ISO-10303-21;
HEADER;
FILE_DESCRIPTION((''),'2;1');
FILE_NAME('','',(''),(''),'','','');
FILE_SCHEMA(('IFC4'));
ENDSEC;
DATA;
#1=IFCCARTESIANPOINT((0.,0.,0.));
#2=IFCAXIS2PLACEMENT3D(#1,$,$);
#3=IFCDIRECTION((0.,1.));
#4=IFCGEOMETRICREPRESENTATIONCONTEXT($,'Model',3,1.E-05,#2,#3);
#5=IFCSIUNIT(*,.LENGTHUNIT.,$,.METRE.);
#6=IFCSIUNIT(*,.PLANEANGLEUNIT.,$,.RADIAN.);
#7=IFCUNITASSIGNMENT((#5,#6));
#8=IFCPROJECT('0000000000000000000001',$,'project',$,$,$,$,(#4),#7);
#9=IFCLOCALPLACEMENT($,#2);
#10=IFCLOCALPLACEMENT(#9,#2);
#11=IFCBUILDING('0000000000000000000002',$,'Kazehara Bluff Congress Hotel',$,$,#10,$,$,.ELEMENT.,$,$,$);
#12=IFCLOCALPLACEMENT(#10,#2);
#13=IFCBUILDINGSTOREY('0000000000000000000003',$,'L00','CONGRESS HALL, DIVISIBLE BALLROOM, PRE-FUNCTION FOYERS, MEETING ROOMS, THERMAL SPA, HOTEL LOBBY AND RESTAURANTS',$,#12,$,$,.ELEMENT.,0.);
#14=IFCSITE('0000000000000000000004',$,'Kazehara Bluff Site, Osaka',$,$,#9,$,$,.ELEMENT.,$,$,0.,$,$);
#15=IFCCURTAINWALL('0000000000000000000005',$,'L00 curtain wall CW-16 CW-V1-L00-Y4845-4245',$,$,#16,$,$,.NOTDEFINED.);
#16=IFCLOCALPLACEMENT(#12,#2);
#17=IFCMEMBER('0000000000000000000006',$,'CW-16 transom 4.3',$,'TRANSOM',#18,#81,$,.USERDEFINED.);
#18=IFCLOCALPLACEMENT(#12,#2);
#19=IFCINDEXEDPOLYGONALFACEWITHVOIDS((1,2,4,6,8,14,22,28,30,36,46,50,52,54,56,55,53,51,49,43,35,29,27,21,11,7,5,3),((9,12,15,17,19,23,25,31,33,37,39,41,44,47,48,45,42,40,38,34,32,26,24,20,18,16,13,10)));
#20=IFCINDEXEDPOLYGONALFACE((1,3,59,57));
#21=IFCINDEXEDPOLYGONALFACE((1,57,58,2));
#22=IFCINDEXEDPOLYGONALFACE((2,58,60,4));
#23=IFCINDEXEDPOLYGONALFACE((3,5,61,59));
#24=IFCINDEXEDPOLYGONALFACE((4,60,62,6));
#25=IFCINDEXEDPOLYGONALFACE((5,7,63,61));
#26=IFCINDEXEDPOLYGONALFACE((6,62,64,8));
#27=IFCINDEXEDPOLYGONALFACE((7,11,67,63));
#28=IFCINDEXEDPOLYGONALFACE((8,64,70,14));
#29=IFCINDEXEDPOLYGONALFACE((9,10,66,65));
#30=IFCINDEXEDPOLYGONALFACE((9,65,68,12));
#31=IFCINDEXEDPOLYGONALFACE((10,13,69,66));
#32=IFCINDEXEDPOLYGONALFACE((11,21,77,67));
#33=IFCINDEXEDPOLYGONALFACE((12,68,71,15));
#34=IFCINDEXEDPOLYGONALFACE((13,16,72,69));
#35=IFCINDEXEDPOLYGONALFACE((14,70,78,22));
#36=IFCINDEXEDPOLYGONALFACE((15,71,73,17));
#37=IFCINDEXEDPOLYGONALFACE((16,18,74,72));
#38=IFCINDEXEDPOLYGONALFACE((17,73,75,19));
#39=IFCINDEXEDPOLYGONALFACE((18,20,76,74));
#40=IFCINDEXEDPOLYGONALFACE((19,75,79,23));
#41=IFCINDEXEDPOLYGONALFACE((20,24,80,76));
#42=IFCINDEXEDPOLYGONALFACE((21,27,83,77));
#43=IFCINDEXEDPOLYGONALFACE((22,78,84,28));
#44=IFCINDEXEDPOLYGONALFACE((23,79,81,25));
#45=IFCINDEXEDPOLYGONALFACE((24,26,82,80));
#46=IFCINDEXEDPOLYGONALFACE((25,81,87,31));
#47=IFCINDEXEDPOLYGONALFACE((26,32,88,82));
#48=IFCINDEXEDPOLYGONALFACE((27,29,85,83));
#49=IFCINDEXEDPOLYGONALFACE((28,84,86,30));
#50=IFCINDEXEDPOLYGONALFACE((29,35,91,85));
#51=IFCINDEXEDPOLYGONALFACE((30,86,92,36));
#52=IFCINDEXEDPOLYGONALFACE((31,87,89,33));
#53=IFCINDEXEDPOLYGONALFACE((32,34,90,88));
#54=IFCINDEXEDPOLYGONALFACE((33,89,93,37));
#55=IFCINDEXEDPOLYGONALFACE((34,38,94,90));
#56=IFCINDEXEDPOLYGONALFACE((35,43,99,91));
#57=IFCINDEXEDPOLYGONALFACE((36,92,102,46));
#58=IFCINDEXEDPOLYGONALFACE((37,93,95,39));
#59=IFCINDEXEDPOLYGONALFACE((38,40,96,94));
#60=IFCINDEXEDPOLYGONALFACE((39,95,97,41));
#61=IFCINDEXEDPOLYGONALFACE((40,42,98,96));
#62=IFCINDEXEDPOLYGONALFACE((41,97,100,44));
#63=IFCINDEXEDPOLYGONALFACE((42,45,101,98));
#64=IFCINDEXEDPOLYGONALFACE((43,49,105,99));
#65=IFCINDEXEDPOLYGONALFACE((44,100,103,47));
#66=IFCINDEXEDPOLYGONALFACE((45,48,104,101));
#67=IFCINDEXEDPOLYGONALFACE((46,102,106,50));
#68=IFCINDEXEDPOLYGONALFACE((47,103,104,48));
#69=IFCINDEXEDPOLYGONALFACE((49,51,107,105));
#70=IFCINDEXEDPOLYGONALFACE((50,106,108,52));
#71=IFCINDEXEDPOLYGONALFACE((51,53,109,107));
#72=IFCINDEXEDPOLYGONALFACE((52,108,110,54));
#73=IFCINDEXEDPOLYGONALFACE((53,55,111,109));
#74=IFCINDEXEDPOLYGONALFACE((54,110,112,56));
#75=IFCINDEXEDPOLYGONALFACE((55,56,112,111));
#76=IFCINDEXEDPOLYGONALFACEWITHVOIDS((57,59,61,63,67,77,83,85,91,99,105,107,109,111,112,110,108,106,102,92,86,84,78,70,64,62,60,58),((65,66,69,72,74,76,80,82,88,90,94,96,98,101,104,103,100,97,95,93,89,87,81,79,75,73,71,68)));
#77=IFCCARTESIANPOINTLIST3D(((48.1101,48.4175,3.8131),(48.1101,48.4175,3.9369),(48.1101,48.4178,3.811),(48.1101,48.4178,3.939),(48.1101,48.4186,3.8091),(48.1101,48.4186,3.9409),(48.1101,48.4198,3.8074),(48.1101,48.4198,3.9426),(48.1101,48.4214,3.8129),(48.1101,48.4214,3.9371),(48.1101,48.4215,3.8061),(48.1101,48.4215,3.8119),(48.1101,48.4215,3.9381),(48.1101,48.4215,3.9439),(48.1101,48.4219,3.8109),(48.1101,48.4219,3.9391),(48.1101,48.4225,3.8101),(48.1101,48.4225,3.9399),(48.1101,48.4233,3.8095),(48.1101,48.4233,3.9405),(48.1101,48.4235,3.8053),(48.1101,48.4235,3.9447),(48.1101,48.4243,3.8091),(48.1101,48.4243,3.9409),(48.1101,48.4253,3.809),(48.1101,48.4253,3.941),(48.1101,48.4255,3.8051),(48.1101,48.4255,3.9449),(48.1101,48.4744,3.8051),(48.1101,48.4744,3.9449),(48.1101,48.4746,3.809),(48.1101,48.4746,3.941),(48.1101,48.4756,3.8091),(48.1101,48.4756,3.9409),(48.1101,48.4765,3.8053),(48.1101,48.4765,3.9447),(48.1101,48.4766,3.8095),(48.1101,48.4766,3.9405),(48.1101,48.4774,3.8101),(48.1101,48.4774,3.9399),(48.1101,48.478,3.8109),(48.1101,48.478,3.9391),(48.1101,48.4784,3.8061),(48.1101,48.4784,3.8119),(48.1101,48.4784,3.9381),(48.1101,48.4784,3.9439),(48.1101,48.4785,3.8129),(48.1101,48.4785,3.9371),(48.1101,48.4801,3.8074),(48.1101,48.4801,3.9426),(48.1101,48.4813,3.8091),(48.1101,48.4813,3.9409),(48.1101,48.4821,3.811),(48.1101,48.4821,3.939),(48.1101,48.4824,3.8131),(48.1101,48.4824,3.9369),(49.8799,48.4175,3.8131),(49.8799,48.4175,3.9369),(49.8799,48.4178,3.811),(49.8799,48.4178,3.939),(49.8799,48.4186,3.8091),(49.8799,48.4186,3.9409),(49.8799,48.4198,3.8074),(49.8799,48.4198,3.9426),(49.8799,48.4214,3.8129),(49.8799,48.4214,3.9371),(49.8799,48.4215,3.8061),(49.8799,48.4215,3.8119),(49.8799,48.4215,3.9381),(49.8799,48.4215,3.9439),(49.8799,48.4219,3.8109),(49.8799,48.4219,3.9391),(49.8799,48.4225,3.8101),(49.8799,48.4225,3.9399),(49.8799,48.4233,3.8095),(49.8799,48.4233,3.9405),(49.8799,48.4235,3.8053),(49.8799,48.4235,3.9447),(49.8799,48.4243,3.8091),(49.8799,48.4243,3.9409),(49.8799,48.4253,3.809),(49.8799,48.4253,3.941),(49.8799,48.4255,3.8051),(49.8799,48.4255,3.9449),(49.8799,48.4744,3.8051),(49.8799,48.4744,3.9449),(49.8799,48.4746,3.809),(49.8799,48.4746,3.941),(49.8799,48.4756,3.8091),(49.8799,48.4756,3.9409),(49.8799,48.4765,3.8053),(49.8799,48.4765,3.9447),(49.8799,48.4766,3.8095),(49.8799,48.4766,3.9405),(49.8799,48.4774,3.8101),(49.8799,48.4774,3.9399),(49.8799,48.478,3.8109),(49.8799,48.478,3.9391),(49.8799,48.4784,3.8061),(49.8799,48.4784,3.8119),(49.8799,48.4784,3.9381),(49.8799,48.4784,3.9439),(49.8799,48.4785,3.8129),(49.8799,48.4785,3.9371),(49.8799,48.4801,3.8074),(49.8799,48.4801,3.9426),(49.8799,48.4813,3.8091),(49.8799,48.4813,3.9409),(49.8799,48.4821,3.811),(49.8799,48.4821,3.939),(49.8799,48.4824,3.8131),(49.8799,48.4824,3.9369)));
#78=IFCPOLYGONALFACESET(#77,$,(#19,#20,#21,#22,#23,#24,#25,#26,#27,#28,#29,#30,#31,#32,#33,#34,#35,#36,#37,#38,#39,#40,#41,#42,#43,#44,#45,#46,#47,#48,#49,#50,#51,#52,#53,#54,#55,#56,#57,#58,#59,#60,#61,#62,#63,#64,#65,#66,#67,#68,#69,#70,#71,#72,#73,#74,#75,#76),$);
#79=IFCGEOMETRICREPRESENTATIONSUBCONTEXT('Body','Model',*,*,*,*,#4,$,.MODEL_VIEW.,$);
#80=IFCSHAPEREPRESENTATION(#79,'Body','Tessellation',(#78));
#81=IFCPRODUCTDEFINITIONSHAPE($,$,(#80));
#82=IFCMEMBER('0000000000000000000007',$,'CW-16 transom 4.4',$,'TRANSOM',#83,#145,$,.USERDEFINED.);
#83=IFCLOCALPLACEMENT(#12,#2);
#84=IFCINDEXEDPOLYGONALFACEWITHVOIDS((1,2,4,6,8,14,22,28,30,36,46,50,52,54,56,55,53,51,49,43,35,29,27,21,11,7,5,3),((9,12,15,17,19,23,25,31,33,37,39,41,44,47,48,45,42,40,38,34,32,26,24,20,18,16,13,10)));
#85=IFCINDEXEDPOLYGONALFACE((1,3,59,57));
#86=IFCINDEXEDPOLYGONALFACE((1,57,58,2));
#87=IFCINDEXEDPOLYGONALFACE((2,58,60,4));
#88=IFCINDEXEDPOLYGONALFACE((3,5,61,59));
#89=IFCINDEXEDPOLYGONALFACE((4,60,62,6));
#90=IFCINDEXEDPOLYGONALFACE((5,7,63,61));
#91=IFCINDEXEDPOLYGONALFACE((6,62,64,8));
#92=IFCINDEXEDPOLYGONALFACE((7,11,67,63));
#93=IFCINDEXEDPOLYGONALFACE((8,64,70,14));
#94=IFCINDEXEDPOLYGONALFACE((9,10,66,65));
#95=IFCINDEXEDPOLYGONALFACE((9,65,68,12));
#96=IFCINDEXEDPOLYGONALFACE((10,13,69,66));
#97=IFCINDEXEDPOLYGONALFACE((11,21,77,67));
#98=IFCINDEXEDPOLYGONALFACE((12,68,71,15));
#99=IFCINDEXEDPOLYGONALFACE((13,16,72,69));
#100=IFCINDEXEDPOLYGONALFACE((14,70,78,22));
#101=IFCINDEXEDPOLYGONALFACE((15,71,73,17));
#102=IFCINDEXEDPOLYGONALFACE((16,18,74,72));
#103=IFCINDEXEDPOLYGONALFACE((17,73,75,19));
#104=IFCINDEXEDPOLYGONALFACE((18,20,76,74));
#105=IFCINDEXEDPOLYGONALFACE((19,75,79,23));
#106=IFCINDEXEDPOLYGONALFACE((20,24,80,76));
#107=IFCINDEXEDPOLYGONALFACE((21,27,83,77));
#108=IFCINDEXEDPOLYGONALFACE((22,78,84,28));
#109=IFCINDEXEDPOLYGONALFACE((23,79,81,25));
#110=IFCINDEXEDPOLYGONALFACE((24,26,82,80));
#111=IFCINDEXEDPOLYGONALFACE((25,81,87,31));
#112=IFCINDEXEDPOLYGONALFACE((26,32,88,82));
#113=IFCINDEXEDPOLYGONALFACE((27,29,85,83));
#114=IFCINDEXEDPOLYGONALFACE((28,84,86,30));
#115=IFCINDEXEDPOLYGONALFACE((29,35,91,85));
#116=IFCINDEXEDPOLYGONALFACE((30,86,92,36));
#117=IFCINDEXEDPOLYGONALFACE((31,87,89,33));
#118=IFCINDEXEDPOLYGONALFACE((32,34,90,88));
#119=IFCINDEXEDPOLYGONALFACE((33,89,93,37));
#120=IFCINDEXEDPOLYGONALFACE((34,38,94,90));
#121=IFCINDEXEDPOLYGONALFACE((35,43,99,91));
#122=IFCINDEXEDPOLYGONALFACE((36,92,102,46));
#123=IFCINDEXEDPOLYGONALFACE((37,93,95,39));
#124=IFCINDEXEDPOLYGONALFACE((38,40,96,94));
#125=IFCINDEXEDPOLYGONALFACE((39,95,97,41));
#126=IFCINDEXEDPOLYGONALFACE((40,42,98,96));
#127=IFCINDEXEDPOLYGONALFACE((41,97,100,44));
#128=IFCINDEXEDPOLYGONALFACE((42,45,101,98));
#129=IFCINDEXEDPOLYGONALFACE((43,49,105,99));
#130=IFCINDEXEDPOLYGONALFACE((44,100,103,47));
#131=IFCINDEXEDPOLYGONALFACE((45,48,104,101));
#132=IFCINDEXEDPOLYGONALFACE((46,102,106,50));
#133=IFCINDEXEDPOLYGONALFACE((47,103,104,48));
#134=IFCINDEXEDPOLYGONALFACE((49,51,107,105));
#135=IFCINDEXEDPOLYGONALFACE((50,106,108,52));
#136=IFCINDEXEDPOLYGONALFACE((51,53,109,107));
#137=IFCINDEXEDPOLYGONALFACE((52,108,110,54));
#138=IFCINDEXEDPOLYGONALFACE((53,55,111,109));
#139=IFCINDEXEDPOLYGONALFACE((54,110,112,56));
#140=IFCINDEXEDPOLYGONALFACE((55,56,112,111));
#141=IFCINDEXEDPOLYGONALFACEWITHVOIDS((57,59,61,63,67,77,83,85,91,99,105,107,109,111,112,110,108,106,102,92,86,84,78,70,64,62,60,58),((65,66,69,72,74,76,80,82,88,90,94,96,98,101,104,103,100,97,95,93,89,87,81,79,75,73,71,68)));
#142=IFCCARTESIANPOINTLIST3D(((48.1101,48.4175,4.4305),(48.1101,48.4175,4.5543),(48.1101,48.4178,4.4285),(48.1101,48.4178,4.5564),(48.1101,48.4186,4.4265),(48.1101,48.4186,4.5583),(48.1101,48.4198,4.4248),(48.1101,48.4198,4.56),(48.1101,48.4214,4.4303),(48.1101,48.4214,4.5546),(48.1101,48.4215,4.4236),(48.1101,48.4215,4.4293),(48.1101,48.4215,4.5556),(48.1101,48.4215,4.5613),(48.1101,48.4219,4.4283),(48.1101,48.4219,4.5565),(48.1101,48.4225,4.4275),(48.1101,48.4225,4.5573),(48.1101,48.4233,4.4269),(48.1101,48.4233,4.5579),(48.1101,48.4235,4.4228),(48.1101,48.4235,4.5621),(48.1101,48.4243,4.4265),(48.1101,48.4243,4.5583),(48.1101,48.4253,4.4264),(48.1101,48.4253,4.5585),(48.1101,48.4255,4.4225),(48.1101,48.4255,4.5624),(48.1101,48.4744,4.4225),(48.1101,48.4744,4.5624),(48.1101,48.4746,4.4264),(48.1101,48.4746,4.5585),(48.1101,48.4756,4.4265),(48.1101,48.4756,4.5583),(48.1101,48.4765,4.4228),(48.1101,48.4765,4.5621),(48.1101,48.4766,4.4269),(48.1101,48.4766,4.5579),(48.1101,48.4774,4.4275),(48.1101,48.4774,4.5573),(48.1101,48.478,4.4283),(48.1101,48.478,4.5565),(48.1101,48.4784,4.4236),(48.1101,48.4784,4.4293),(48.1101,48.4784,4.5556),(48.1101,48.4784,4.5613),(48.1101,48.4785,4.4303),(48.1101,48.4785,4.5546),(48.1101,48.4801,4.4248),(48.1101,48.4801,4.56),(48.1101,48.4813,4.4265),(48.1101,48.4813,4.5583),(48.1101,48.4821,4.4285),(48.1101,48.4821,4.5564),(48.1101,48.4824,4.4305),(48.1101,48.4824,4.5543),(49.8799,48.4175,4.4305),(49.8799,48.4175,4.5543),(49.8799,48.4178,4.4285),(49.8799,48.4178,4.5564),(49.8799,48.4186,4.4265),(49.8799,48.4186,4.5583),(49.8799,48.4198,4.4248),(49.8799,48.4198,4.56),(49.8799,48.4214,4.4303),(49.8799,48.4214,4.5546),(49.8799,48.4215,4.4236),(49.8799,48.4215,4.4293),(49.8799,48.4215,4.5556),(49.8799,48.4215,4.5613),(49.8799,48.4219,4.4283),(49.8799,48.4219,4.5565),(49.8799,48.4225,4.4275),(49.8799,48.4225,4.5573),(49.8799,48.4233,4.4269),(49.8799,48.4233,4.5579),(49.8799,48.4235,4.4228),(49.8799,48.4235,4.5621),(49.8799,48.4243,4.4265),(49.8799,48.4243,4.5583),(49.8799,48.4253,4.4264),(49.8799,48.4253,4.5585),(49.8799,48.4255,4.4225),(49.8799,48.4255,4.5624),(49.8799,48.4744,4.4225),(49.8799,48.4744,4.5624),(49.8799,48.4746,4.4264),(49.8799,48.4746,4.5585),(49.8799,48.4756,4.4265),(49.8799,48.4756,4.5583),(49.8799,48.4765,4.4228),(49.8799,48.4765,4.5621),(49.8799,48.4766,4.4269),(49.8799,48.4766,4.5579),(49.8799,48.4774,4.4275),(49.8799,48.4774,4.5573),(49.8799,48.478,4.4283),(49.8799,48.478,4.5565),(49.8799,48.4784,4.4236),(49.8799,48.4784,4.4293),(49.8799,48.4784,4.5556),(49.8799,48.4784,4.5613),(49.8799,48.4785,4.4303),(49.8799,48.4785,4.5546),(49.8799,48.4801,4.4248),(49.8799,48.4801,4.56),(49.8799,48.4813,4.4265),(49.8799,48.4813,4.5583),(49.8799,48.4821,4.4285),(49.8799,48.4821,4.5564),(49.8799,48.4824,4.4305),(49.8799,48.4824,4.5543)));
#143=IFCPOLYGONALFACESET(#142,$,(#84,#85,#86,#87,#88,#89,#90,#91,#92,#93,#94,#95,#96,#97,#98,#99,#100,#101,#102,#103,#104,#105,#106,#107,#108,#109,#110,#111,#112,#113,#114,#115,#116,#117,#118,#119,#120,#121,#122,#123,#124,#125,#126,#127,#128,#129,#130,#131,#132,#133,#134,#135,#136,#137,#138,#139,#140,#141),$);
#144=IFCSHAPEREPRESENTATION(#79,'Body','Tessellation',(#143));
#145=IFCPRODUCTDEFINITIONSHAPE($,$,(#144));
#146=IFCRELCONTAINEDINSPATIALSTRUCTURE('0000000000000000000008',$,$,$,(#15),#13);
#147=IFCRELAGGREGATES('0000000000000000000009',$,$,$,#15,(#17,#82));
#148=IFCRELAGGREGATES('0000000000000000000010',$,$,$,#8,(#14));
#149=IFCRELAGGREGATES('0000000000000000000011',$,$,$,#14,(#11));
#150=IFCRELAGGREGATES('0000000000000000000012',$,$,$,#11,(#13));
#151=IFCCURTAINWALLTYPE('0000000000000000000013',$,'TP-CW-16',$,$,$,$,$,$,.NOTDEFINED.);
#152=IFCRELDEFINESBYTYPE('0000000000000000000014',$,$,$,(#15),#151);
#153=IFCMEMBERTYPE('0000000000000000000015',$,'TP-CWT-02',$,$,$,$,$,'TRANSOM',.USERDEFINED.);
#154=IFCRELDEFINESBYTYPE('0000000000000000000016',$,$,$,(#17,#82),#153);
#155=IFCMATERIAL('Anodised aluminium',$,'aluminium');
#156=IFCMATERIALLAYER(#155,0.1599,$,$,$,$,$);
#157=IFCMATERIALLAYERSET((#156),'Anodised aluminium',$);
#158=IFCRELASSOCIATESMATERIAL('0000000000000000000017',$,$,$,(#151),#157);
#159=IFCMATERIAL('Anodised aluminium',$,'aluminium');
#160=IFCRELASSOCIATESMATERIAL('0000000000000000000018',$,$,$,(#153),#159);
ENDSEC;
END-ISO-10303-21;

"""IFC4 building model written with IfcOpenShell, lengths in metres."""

from ifc_helpers import new_model, si_unit, direction, frame, origin, origin_2d, place, context, subcontext, project, spatial, hollow_rectangle, extrude, material, layer, layer_set, material_profile, profile_set, type_object, element, aggregate, save


model = new_model("IFC4")

# Units and contexts
model_context = context("Model", 3, precision=1e-05, world=origin(), true_north=direction((0.0, 1.0)))
body_context = subcontext(model_context, "Body", "Model", "MODEL_VIEW")
ifc_project = project(units=[si_unit("LENGTHUNIT", "METRE"), si_unit("PLANEANGLEUNIT", "RADIAN")], contexts=[model_context])

# Site, building, storey
site_placement = place(None, origin())
site = spatial("IfcSite", under=ifc_project, at=site_placement, Name="Kazehara Bluff Site, Osaka", CompositionType="ELEMENT", RefElevation=0.0)
building_placement = place(site_placement, origin())
building = spatial("IfcBuilding", under=site, at=building_placement, Name="Kazehara Bluff Congress Hotel", CompositionType="ELEMENT")
storey_placement = place(building_placement, origin())
storey = spatial("IfcBuildingStorey", under=building, at=storey_placement, Name="L00", Description="CONGRESS HALL, DIVISIBLE BALLROOM, PRE-FUNCTION FOYERS, MEETING ROOMS, THERMAL SPA, HOTEL LOBBY AND RESTAURANTS", CompositionType="ELEMENT", Elevation=0.0)

# Curtain wall
ifc_material_1 = material(Name="Anodised aluminium", Category="aluminium")
ifc_layer_1 = layer(ifc_material_1, 0.1599)
ifc_layer_set_1 = layer_set([ifc_layer_1], Name="Anodised aluminium")
curtain_wall_type_1 = type_object("IfcCurtainWallType", Name="TP-CW-16", PredefinedType="NOTDEFINED", material=ifc_layer_set_1)
curtain_wall_1_placement = place(storey_placement, origin())
curtain_wall_1 = element("IfcCurtainWall", 1, at=curtain_wall_1_placement, inside=storey, type_object=curtain_wall_type_1, Name="L00 curtain wall CW-16 CW-V1-L00-Y4845-4245", PredefinedType="NOTDEFINED")

# Members
ifc_material_2 = material(Name="Anodised aluminium", Category="aluminium")
ifc_material_profile_1 = material_profile(ifc_material_2, hollow_rectangle(XDim=0.0649, YDim=0.1399, WallThickness=0.0039, InnerFilletRadius=0.0039, OuterFilletRadius=0.0081, at=origin_2d()))
ifc_profile_set_1 = profile_set([ifc_material_profile_1], Name="Anodised aluminium")
member_type_1 = type_object("IfcMemberType", Name="TP-CWT-02", ElementType="TRANSOM", PredefinedType="USERDEFINED", material=ifc_profile_set_1)
member_1_placement = place(storey_placement, frame((48.1101, 48.45, 3.875), z_axis=(1.0, 0.0, 0.0), x_axis=(0.0, 1.0, 0.0)))
member_1 = element("IfcMember", 2, at=member_1_placement, type_object=member_type_1, Name="CW-16 transom 4.3", ObjectType="TRANSOM", PredefinedType="USERDEFINED", context=body_context, shape_type="SweptSolid", body=[
    extrude(hollow_rectangle(XDim=0.0649, YDim=0.1399, WallThickness=0.0039, InnerFilletRadius=0.0039, OuterFilletRadius=0.0081, at=origin_2d()), origin(), (0.0, 0.0, 1.0), 1.7698),
])
member_2_placement = place(storey_placement, frame((48.1101, 48.45, 4.4924), z_axis=(1.0, 0.0, 0.0), x_axis=(0.0, 1.0, 0.0)))
member_2 = element("IfcMember", 3, at=member_2_placement, type_object=member_type_1, Name="CW-16 transom 4.4", ObjectType="TRANSOM", PredefinedType="USERDEFINED", context=body_context, shape_type="SweptSolid", body=[
    extrude(hollow_rectangle(XDim=0.0649, YDim=0.1399, WallThickness=0.0039, InnerFilletRadius=0.0039, OuterFilletRadius=0.0081, at=origin_2d()), origin(), (0.0, 0.0, 1.0), 1.7698),
])

aggregate(curtain_wall_1, [member_1, member_2])

save(model, "model.ifc")
